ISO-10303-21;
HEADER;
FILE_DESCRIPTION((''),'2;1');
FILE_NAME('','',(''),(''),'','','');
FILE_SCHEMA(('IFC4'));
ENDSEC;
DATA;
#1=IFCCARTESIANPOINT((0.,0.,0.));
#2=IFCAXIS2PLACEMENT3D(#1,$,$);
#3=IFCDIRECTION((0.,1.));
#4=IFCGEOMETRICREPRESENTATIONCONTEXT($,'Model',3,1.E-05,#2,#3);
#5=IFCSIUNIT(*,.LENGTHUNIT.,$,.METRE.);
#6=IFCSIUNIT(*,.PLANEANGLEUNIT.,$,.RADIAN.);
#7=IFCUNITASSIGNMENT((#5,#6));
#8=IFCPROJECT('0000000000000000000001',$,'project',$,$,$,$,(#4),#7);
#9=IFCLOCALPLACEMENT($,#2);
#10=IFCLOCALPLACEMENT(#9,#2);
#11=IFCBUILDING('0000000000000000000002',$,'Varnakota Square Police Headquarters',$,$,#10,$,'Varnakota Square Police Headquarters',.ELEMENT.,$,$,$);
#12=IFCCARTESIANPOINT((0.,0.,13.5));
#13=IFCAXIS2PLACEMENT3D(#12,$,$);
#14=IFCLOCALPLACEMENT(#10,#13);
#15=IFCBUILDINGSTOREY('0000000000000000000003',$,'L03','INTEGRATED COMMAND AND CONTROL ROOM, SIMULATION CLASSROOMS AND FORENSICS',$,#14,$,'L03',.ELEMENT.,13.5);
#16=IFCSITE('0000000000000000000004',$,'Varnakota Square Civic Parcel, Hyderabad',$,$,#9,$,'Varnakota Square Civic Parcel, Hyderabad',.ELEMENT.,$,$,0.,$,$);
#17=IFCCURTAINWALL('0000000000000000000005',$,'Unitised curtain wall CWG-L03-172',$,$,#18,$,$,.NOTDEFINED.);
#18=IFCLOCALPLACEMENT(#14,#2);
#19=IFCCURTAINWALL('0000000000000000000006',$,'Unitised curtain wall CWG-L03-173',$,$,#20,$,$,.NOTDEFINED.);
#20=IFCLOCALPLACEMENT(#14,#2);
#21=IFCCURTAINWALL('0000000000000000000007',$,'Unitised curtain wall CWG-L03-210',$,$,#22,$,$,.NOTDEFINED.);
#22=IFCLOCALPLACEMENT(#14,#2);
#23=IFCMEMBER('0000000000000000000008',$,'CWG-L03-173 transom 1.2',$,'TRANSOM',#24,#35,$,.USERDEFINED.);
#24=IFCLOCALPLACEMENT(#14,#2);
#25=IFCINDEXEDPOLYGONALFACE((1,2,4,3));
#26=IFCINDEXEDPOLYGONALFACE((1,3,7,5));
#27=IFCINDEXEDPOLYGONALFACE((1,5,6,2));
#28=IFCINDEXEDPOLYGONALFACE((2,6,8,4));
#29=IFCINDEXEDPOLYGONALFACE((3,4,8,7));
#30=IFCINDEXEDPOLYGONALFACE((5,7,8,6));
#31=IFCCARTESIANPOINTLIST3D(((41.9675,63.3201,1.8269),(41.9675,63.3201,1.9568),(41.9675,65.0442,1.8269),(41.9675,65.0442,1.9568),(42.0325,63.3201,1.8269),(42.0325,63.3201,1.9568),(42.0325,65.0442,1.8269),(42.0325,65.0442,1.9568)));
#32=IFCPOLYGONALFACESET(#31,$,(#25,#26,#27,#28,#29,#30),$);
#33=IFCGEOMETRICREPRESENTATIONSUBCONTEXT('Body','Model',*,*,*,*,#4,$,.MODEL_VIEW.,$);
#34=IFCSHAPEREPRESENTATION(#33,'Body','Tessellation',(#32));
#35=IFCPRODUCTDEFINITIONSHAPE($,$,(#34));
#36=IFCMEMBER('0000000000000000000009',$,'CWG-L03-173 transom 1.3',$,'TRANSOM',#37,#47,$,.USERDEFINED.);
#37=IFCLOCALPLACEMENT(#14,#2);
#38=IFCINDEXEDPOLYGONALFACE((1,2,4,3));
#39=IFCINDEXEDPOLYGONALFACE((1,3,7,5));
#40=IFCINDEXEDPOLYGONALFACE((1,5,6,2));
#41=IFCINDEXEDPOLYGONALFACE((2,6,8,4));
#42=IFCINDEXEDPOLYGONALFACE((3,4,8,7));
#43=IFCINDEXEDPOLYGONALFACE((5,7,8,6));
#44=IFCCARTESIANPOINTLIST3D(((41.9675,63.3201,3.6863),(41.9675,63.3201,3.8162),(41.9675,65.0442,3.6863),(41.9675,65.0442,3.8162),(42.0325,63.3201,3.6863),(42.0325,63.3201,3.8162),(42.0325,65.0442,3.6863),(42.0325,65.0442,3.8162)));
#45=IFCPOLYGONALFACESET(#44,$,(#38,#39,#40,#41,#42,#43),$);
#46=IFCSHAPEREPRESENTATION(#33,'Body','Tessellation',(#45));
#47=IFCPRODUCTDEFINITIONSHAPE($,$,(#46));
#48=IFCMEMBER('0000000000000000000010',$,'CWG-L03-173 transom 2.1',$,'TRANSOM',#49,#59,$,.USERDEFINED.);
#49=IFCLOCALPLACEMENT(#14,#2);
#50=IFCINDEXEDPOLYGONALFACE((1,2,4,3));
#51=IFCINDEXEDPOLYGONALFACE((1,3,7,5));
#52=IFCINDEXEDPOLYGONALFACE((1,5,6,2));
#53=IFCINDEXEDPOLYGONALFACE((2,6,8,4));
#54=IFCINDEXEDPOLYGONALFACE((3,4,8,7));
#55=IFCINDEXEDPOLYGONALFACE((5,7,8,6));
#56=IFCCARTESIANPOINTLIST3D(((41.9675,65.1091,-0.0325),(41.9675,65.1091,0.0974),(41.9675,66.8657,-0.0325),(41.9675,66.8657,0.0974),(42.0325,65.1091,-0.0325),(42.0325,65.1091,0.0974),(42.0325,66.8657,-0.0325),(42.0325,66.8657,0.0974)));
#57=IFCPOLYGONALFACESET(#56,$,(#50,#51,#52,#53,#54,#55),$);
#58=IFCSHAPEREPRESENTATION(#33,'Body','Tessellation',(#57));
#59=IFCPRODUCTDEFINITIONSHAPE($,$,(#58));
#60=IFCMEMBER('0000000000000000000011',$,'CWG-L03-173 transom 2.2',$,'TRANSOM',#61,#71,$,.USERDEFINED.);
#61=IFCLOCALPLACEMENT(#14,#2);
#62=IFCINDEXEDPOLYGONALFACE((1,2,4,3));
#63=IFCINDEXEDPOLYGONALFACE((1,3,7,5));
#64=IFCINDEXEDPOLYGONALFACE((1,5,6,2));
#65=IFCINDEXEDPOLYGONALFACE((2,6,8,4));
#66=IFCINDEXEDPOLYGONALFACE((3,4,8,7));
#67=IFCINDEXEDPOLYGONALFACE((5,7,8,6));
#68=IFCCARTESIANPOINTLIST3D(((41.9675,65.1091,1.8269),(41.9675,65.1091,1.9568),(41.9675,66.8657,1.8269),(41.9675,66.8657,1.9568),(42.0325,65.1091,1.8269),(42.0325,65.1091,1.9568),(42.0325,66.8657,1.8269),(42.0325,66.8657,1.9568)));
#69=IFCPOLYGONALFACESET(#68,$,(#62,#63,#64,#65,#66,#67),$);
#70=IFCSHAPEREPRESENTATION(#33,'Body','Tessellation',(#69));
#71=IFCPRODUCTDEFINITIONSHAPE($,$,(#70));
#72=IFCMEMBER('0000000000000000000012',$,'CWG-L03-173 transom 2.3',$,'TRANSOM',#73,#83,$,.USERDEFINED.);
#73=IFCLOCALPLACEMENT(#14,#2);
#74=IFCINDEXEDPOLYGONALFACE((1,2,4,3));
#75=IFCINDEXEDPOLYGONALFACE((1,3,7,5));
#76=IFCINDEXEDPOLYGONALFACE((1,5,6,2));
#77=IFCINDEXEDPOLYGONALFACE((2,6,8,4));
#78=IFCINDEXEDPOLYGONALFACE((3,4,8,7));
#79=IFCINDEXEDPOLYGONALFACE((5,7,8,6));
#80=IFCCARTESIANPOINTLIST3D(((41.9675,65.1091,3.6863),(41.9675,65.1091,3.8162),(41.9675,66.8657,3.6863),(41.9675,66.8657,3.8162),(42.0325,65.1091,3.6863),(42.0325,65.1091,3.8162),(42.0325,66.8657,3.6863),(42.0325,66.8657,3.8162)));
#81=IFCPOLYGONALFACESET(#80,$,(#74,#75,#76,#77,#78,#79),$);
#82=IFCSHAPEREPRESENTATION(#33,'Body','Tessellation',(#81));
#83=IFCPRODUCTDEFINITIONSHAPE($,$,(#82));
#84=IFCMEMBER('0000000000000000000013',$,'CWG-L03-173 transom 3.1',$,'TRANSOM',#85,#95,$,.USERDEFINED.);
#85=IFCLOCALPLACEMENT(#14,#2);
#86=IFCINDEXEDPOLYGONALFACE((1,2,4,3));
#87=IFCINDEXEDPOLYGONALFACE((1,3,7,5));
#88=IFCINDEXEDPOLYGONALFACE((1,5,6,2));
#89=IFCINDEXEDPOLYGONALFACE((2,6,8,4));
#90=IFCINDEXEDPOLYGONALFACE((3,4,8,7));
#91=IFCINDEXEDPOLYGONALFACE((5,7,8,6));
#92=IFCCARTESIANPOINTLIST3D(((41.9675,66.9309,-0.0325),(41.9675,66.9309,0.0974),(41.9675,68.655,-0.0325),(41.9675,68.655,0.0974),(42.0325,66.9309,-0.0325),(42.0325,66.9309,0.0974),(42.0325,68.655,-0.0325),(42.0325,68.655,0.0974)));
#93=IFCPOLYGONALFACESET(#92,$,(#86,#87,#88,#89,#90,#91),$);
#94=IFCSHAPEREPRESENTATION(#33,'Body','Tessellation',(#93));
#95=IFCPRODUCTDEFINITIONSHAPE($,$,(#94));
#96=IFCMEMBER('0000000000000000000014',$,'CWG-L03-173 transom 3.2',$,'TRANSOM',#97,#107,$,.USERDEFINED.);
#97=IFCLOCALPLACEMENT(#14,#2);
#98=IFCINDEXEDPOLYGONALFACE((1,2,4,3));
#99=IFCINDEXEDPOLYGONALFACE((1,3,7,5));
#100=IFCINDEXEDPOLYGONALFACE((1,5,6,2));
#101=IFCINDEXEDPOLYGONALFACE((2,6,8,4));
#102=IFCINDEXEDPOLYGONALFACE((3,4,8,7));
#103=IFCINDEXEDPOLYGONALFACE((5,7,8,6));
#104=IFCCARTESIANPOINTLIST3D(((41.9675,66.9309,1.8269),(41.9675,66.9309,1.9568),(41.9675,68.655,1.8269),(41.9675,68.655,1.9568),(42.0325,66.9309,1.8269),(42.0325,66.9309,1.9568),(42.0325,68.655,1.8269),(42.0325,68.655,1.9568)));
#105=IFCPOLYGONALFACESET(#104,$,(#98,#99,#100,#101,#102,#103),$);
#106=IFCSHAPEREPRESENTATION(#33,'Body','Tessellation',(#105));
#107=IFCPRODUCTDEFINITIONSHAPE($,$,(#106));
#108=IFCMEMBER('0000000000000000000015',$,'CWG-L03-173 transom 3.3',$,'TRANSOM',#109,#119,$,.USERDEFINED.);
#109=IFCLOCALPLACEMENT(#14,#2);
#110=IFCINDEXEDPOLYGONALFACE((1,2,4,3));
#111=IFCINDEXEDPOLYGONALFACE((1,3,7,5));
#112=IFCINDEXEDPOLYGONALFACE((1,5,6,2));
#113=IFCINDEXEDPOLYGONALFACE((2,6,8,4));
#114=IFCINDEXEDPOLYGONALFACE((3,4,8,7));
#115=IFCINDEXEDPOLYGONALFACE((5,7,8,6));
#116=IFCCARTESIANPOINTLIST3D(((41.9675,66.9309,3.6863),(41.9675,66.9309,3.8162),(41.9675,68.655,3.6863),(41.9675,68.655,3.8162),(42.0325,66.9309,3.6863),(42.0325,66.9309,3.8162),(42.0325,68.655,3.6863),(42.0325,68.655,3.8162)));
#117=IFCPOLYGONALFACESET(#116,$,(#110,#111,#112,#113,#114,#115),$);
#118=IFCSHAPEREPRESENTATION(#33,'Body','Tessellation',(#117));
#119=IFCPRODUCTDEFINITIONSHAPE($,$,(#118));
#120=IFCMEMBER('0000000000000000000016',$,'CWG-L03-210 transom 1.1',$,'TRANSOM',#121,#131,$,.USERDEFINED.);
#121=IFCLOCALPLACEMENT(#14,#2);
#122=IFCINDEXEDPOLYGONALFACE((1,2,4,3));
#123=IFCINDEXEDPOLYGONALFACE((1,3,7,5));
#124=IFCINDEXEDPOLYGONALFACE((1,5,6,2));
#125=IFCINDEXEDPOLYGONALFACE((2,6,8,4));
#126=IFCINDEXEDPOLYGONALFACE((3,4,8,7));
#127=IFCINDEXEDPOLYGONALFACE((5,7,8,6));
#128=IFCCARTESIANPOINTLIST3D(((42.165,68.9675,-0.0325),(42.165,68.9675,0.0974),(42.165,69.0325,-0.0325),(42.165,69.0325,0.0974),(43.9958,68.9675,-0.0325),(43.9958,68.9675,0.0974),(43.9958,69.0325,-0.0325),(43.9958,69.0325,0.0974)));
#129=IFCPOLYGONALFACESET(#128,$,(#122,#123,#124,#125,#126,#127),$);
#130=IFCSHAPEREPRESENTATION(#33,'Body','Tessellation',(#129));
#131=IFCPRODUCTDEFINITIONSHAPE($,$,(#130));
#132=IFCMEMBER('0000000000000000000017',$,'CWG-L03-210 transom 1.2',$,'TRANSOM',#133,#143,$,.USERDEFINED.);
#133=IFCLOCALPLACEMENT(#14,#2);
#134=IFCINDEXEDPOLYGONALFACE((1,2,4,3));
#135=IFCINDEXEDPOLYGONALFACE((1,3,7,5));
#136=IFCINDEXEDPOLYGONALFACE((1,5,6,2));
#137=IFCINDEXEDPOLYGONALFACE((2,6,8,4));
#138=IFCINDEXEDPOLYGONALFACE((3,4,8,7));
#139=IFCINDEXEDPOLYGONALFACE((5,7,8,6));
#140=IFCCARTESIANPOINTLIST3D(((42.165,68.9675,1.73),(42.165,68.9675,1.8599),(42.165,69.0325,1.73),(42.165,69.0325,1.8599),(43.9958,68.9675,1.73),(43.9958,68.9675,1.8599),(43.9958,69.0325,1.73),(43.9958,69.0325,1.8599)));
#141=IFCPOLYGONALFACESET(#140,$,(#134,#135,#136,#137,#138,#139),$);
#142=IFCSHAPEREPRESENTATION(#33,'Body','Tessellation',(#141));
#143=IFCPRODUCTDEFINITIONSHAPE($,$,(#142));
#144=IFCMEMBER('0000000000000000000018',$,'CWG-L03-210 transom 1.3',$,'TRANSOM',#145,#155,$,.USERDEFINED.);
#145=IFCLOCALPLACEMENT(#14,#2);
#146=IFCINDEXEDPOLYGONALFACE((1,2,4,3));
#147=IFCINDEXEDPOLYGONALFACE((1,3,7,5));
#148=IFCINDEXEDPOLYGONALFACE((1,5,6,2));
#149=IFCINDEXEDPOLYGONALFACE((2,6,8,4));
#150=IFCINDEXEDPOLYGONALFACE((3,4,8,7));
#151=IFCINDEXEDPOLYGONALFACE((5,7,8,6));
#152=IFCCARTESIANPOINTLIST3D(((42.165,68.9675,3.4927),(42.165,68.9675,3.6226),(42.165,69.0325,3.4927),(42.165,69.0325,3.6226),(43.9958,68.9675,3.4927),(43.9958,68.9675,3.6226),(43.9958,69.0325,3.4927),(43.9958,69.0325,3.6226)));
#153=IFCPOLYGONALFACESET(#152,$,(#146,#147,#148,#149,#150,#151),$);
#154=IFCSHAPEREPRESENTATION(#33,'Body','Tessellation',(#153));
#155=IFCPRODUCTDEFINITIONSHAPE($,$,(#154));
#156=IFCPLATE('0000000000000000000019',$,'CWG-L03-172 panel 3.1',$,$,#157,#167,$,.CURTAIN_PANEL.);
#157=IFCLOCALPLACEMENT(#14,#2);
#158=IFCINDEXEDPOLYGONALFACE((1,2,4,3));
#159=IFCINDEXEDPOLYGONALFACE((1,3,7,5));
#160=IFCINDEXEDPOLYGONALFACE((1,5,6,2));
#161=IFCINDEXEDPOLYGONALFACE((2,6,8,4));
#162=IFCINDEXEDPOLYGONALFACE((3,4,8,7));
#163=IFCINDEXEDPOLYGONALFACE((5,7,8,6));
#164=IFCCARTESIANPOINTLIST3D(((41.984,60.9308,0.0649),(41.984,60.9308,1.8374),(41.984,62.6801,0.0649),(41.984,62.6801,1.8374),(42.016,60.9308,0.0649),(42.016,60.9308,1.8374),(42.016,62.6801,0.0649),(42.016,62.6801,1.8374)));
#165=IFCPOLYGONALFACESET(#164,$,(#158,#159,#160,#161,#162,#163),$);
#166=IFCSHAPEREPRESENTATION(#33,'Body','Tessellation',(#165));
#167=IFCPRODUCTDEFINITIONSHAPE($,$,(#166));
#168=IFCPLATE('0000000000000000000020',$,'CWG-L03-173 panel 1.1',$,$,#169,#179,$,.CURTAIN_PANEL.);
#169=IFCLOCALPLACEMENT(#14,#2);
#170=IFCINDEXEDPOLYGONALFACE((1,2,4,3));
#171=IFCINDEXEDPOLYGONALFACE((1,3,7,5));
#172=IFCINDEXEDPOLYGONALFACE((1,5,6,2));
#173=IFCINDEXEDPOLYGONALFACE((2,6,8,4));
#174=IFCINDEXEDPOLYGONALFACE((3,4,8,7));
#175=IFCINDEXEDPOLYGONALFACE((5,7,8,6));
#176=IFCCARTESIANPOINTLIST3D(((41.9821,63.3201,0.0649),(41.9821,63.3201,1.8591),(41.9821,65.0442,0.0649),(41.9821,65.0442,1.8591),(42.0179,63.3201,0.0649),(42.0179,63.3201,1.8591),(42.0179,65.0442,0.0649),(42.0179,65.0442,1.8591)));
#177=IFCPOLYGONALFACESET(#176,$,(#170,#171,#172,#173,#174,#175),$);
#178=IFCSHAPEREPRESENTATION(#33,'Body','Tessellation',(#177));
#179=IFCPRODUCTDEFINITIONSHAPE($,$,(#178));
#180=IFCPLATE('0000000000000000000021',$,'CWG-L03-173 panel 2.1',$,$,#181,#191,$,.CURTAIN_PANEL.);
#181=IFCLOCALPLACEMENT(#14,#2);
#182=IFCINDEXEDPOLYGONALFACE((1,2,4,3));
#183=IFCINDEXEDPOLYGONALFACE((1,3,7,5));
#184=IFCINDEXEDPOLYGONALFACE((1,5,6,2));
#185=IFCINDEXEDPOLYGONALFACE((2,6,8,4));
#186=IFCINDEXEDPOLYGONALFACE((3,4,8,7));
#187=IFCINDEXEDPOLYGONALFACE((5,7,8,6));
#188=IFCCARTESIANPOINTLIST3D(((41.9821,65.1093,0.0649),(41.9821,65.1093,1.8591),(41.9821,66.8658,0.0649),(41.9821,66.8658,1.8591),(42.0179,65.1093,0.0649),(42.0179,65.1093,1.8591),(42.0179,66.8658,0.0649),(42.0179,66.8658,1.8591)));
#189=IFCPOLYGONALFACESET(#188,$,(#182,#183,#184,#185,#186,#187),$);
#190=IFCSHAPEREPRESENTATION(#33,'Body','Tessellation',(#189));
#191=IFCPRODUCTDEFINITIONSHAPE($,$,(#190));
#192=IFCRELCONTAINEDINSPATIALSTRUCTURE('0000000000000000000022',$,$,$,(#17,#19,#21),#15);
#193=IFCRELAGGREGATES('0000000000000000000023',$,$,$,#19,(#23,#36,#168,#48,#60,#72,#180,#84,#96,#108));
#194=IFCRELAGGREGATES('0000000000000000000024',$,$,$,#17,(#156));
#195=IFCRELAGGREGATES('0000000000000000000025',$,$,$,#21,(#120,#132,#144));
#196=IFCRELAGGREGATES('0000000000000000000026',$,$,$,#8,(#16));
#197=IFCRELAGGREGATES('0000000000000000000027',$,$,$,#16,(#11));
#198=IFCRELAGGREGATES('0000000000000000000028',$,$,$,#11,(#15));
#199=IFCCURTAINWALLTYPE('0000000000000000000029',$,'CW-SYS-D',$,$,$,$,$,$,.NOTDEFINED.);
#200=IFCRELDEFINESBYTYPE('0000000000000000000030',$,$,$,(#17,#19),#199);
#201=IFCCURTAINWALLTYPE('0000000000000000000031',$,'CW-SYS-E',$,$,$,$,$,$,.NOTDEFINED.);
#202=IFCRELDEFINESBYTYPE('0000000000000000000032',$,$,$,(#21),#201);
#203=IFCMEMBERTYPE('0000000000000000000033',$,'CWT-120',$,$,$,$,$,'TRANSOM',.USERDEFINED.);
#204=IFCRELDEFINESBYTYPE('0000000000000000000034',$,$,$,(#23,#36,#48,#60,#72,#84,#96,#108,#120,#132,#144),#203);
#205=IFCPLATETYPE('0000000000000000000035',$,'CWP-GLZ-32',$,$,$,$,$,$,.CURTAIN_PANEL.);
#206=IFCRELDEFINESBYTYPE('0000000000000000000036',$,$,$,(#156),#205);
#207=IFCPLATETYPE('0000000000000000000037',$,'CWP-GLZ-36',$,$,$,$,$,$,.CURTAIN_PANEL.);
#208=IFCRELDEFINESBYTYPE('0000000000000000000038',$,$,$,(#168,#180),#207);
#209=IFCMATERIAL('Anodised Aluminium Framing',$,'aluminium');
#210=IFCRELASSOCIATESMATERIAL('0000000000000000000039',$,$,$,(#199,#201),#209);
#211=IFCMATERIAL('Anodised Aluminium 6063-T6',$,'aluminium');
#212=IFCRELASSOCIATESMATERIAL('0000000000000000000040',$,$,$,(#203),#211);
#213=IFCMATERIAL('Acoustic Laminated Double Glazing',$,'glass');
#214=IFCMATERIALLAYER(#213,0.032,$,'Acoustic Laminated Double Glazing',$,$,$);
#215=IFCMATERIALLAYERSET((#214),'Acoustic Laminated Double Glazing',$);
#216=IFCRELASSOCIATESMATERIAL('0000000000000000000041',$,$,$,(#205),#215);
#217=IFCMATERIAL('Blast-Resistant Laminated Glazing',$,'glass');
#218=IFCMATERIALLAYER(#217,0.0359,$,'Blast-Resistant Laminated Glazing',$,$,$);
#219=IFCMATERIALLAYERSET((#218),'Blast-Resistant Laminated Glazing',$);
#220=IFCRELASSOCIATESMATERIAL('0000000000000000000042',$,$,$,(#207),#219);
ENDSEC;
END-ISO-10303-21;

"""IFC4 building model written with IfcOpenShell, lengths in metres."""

from ifc_helpers import new_model, si_unit, direction, frame, origin, origin_2d, place, context, subcontext, project, spatial, rectangle, extrude, material, layer, layer_set, material_profile, profile_set, type_object, element, aggregate, save


model = new_model("IFC4")

# Units and contexts
model_context = context("Model", 3, precision=1e-05, world=origin(), true_north=direction((0.0, 1.0)))
body_context = subcontext(model_context, "Body", "Model", "MODEL_VIEW")
ifc_project = project(units=[si_unit("LENGTHUNIT", "METRE"), si_unit("PLANEANGLEUNIT", "RADIAN")], contexts=[model_context])

# Site, building, storey
site_placement = place(None, origin())
site = spatial("IfcSite", under=ifc_project, at=site_placement, Name="Varnakota Square Civic Parcel, Hyderabad", LongName="Varnakota Square Civic Parcel, Hyderabad", CompositionType="ELEMENT", RefElevation=0.0)
building_placement = place(site_placement, origin())
building = spatial("IfcBuilding", under=site, at=building_placement, Name="Varnakota Square Police Headquarters", LongName="Varnakota Square Police Headquarters", CompositionType="ELEMENT")
storey_placement = place(building_placement, frame((0.0, 0.0, 13.5)))
storey = spatial("IfcBuildingStorey", under=building, at=storey_placement, Name="L03", Description="INTEGRATED COMMAND AND CONTROL ROOM, SIMULATION CLASSROOMS AND FORENSICS", LongName="L03", CompositionType="ELEMENT", Elevation=13.5)

# Curtain wall
ifc_material_1 = material(Name="Anodised Aluminium Framing", Category="aluminium")
curtain_wall_type_1 = type_object("IfcCurtainWallType", Name="CW-SYS-D", PredefinedType="NOTDEFINED", material=ifc_material_1)
curtain_wall_1_placement = place(storey_placement, origin())
curtain_wall_1 = element("IfcCurtainWall", 1, at=curtain_wall_1_placement, inside=storey, type_object=curtain_wall_type_1, Name="Unitised curtain wall CWG-L03-172", PredefinedType="NOTDEFINED")
ifc_material_2 = material(Name="Anodised Aluminium 6063-T6", Category="aluminium")

# Curtain wall
curtain_wall_2_placement = place(storey_placement, origin())
curtain_wall_2 = element("IfcCurtainWall", 2, at=curtain_wall_2_placement, inside=storey, type_object=curtain_wall_type_1, Name="Unitised curtain wall CWG-L03-173", PredefinedType="NOTDEFINED")

# Curtain wall
curtain_wall_type_2 = type_object("IfcCurtainWallType", Name="CW-SYS-E", PredefinedType="NOTDEFINED", material=ifc_material_1)
curtain_wall_3_placement = place(storey_placement, origin())
curtain_wall_3 = element("IfcCurtainWall", 3, at=curtain_wall_3_placement, inside=storey, type_object=curtain_wall_type_2, Name="Unitised curtain wall CWG-L03-210", PredefinedType="NOTDEFINED")

# Members
ifc_material_profile_1 = material_profile(ifc_material_2, rectangle(XDim=0.0649, YDim=0.1299, at=origin_2d()), Name="ALU TRANSOM 65x130")
ifc_profile_set_1 = profile_set([ifc_material_profile_1], Name="Anodised Aluminium 6063-T6")
member_type_1 = type_object("IfcMemberType", Name="CWT-120", ElementType="TRANSOM", PredefinedType="USERDEFINED", material=ifc_profile_set_1)
member_1_placement = place(storey_placement, frame((42.0, 63.3201, 1.8918), z_axis=(0.0, 1.0, 0.0), x_axis=(-1.0, 0.0, 0.0)))
member_1 = element("IfcMember", 4, at=member_1_placement, type_object=member_type_1, Name="CWG-L03-173 transom 1.2", ObjectType="TRANSOM", PredefinedType="USERDEFINED", context=body_context, shape_type="SweptSolid", body=[
    extrude(rectangle(XDim=0.0649, YDim=0.1299, at=origin_2d()), origin(), (0.0, 0.0, 1.0), 1.7241),
])
member_2_placement = place(storey_placement, frame((42.0, 63.3201, 3.7512), z_axis=(0.0, 1.0, 0.0), x_axis=(-1.0, 0.0, 0.0)))
member_2 = element("IfcMember", 5, at=member_2_placement, type_object=member_type_1, Name="CWG-L03-173 transom 1.3", ObjectType="TRANSOM", PredefinedType="USERDEFINED", context=body_context, shape_type="SweptSolid", body=[
    extrude(rectangle(XDim=0.0649, YDim=0.1299, at=origin_2d()), origin(), (0.0, 0.0, 1.0), 1.7241),
])
member_3_placement = place(storey_placement, frame((42.0, 65.1091, 0.0325), z_axis=(0.0, 1.0, 0.0), x_axis=(-1.0, 0.0, 0.0)))
member_3 = element("IfcMember", 6, at=member_3_placement, type_object=member_type_1, Name="CWG-L03-173 transom 2.1", ObjectType="TRANSOM", PredefinedType="USERDEFINED", context=body_context, shape_type="SweptSolid", body=[
    extrude(rectangle(XDim=0.0649, YDim=0.1299, at=origin_2d()), origin(), (0.0, 0.0, 1.0), 1.7566),
])
member_4_placement = place(storey_placement, frame((42.0, 65.1091, 1.8918), z_axis=(0.0, 1.0, 0.0), x_axis=(-1.0, 0.0, 0.0)))
member_4 = element("IfcMember", 7, at=member_4_placement, type_object=member_type_1, Name="CWG-L03-173 transom 2.2", ObjectType="TRANSOM", PredefinedType="USERDEFINED", context=body_context, shape_type="SweptSolid", body=[
    extrude(rectangle(XDim=0.0649, YDim=0.1299, at=origin_2d()), origin(), (0.0, 0.0, 1.0), 1.7566),
])
member_5_placement = place(storey_placement, frame((42.0, 65.1091, 3.7512), z_axis=(0.0, 1.0, 0.0), x_axis=(-1.0, 0.0, 0.0)))
member_5 = element("IfcMember", 8, at=member_5_placement, type_object=member_type_1, Name="CWG-L03-173 transom 2.3", ObjectType="TRANSOM", PredefinedType="USERDEFINED", context=body_context, shape_type="SweptSolid", body=[
    extrude(rectangle(XDim=0.0649, YDim=0.1299, at=origin_2d()), origin(), (0.0, 0.0, 1.0), 1.7566),
])
member_6_placement = place(storey_placement, frame((42.0, 66.9309, 0.0325), z_axis=(0.0, 1.0, 0.0), x_axis=(-1.0, 0.0, 0.0)))
member_6 = element("IfcMember", 9, at=member_6_placement, type_object=member_type_1, Name="CWG-L03-173 transom 3.1", ObjectType="TRANSOM", PredefinedType="USERDEFINED", context=body_context, shape_type="SweptSolid", body=[
    extrude(rectangle(XDim=0.0649, YDim=0.1299, at=origin_2d()), origin(), (0.0, 0.0, 1.0), 1.7241),
])
member_7_placement = place(storey_placement, frame((42.0, 66.9309, 1.8918), z_axis=(0.0, 1.0, 0.0), x_axis=(-1.0, 0.0, 0.0)))
member_7 = element("IfcMember", 10, at=member_7_placement, type_object=member_type_1, Name="CWG-L03-173 transom 3.2", ObjectType="TRANSOM", PredefinedType="USERDEFINED", context=body_context, shape_type="SweptSolid", body=[
    extrude(rectangle(XDim=0.0649, YDim=0.1299, at=origin_2d()), origin(), (0.0, 0.0, 1.0), 1.7241),
])
member_8_placement = place(storey_placement, frame((42.0, 66.9309, 3.7512), z_axis=(0.0, 1.0, 0.0), x_axis=(-1.0, 0.0, 0.0)))
member_8 = element("IfcMember", 11, at=member_8_placement, type_object=member_type_1, Name="CWG-L03-173 transom 3.3", ObjectType="TRANSOM", PredefinedType="USERDEFINED", context=body_context, shape_type="SweptSolid", body=[
    extrude(rectangle(XDim=0.0649, YDim=0.1299, at=origin_2d()), origin(), (0.0, 0.0, 1.0), 1.7241),
])
member_9_placement = place(storey_placement, frame((42.165, 69.0, 0.0325), z_axis=(1.0, 0.0, 0.0), x_axis=(0.0, 1.0, 0.0)))
member_9 = element("IfcMember", 12, at=member_9_placement, type_object=member_type_1, Name="CWG-L03-210 transom 1.1", ObjectType="TRANSOM", PredefinedType="USERDEFINED", context=body_context, shape_type="SweptSolid", body=[
    extrude(rectangle(XDim=0.0649, YDim=0.1299, at=origin_2d()), origin(), (0.0, 0.0, 1.0), 1.8308),
])
member_10_placement = place(storey_placement, frame((42.165, 69.0, 1.7949), z_axis=(1.0, 0.0, 0.0), x_axis=(0.0, 1.0, 0.0)))
member_10 = element("IfcMember", 13, at=member_10_placement, type_object=member_type_1, Name="CWG-L03-210 transom 1.2", ObjectType="TRANSOM", PredefinedType="USERDEFINED", context=body_context, shape_type="SweptSolid", body=[
    extrude(rectangle(XDim=0.0649, YDim=0.1299, at=origin_2d()), origin(), (0.0, 0.0, 1.0), 1.8308),
])
member_11_placement = place(storey_placement, frame((42.165, 69.0, 3.5576), z_axis=(1.0, 0.0, 0.0), x_axis=(0.0, 1.0, 0.0)))
member_11 = element("IfcMember", 14, at=member_11_placement, type_object=member_type_1, Name="CWG-L03-210 transom 1.3", ObjectType="TRANSOM", PredefinedType="USERDEFINED", context=body_context, shape_type="SweptSolid", body=[
    extrude(rectangle(XDim=0.0649, YDim=0.1299, at=origin_2d()), origin(), (0.0, 0.0, 1.0), 1.8308),
])

# Plates
ifc_material_3 = material(Name="Acoustic Laminated Double Glazing", Category="glass")
ifc_layer_1 = layer(ifc_material_3, 0.032, Name="Acoustic Laminated Double Glazing")
ifc_layer_set_1 = layer_set([ifc_layer_1], Name="Acoustic Laminated Double Glazing")
plate_type_1 = type_object("IfcPlateType", Name="CWP-GLZ-32", PredefinedType="CURTAIN_PANEL", material=ifc_layer_set_1)
plate_1_placement = place(storey_placement, frame((42.0, 61.8054, 0.0649), z_axis=(0.0, 0.0, 1.0), x_axis=(0.0, 1.0, 0.0)))
plate_1 = element("IfcPlate", 15, at=plate_1_placement, type_object=plate_type_1, Name="CWG-L03-172 panel 3.1", PredefinedType="CURTAIN_PANEL", context=body_context, shape_type="SweptSolid", body=[
    extrude(rectangle(XDim=1.7493, YDim=0.032, at=origin_2d()), origin(), (0.0, 0.0, 1.0), 1.7725),
])
ifc_material_4 = material(Name="Blast-Resistant Laminated Glazing", Category="glass")
ifc_layer_2 = layer(ifc_material_4, 0.0359, Name="Blast-Resistant Laminated Glazing")
ifc_layer_set_2 = layer_set([ifc_layer_2], Name="Blast-Resistant Laminated Glazing")
plate_type_2 = type_object("IfcPlateType", Name="CWP-GLZ-36", PredefinedType="CURTAIN_PANEL", material=ifc_layer_set_2)
plate_2_placement = place(storey_placement, frame((42.0, 64.1821, 0.0649), z_axis=(0.0, 0.0, 1.0), x_axis=(0.0, 1.0, 0.0)))
plate_2 = element("IfcPlate", 16, at=plate_2_placement, type_object=plate_type_2, Name="CWG-L03-173 panel 1.1", PredefinedType="CURTAIN_PANEL", context=body_context, shape_type="SweptSolid", body=[
    extrude(rectangle(XDim=1.7241, YDim=0.0359, at=origin_2d()), origin(), (0.0, 0.0, 1.0), 1.7942),
])
plate_3_placement = place(storey_placement, frame((42.0, 65.9875, 0.0649), z_axis=(0.0, 0.0, 1.0), x_axis=(0.0, 1.0, 0.0)))
plate_3 = element("IfcPlate", 17, at=plate_3_placement, type_object=plate_type_2, Name="CWG-L03-173 panel 2.1", PredefinedType="CURTAIN_PANEL", context=body_context, shape_type="SweptSolid", body=[
    extrude(rectangle(XDim=1.7566, YDim=0.0359, at=origin_2d()), origin(), (0.0, 0.0, 1.0), 1.7942),
])
aggregate(curtain_wall_2, [member_1, member_2, plate_2, member_3, member_4, member_5, plate_3, member_6, member_7, member_8])
aggregate(curtain_wall_1, [plate_1])
aggregate(curtain_wall_3, [member_9, member_10, member_11])

save(model, "model.ifc")
